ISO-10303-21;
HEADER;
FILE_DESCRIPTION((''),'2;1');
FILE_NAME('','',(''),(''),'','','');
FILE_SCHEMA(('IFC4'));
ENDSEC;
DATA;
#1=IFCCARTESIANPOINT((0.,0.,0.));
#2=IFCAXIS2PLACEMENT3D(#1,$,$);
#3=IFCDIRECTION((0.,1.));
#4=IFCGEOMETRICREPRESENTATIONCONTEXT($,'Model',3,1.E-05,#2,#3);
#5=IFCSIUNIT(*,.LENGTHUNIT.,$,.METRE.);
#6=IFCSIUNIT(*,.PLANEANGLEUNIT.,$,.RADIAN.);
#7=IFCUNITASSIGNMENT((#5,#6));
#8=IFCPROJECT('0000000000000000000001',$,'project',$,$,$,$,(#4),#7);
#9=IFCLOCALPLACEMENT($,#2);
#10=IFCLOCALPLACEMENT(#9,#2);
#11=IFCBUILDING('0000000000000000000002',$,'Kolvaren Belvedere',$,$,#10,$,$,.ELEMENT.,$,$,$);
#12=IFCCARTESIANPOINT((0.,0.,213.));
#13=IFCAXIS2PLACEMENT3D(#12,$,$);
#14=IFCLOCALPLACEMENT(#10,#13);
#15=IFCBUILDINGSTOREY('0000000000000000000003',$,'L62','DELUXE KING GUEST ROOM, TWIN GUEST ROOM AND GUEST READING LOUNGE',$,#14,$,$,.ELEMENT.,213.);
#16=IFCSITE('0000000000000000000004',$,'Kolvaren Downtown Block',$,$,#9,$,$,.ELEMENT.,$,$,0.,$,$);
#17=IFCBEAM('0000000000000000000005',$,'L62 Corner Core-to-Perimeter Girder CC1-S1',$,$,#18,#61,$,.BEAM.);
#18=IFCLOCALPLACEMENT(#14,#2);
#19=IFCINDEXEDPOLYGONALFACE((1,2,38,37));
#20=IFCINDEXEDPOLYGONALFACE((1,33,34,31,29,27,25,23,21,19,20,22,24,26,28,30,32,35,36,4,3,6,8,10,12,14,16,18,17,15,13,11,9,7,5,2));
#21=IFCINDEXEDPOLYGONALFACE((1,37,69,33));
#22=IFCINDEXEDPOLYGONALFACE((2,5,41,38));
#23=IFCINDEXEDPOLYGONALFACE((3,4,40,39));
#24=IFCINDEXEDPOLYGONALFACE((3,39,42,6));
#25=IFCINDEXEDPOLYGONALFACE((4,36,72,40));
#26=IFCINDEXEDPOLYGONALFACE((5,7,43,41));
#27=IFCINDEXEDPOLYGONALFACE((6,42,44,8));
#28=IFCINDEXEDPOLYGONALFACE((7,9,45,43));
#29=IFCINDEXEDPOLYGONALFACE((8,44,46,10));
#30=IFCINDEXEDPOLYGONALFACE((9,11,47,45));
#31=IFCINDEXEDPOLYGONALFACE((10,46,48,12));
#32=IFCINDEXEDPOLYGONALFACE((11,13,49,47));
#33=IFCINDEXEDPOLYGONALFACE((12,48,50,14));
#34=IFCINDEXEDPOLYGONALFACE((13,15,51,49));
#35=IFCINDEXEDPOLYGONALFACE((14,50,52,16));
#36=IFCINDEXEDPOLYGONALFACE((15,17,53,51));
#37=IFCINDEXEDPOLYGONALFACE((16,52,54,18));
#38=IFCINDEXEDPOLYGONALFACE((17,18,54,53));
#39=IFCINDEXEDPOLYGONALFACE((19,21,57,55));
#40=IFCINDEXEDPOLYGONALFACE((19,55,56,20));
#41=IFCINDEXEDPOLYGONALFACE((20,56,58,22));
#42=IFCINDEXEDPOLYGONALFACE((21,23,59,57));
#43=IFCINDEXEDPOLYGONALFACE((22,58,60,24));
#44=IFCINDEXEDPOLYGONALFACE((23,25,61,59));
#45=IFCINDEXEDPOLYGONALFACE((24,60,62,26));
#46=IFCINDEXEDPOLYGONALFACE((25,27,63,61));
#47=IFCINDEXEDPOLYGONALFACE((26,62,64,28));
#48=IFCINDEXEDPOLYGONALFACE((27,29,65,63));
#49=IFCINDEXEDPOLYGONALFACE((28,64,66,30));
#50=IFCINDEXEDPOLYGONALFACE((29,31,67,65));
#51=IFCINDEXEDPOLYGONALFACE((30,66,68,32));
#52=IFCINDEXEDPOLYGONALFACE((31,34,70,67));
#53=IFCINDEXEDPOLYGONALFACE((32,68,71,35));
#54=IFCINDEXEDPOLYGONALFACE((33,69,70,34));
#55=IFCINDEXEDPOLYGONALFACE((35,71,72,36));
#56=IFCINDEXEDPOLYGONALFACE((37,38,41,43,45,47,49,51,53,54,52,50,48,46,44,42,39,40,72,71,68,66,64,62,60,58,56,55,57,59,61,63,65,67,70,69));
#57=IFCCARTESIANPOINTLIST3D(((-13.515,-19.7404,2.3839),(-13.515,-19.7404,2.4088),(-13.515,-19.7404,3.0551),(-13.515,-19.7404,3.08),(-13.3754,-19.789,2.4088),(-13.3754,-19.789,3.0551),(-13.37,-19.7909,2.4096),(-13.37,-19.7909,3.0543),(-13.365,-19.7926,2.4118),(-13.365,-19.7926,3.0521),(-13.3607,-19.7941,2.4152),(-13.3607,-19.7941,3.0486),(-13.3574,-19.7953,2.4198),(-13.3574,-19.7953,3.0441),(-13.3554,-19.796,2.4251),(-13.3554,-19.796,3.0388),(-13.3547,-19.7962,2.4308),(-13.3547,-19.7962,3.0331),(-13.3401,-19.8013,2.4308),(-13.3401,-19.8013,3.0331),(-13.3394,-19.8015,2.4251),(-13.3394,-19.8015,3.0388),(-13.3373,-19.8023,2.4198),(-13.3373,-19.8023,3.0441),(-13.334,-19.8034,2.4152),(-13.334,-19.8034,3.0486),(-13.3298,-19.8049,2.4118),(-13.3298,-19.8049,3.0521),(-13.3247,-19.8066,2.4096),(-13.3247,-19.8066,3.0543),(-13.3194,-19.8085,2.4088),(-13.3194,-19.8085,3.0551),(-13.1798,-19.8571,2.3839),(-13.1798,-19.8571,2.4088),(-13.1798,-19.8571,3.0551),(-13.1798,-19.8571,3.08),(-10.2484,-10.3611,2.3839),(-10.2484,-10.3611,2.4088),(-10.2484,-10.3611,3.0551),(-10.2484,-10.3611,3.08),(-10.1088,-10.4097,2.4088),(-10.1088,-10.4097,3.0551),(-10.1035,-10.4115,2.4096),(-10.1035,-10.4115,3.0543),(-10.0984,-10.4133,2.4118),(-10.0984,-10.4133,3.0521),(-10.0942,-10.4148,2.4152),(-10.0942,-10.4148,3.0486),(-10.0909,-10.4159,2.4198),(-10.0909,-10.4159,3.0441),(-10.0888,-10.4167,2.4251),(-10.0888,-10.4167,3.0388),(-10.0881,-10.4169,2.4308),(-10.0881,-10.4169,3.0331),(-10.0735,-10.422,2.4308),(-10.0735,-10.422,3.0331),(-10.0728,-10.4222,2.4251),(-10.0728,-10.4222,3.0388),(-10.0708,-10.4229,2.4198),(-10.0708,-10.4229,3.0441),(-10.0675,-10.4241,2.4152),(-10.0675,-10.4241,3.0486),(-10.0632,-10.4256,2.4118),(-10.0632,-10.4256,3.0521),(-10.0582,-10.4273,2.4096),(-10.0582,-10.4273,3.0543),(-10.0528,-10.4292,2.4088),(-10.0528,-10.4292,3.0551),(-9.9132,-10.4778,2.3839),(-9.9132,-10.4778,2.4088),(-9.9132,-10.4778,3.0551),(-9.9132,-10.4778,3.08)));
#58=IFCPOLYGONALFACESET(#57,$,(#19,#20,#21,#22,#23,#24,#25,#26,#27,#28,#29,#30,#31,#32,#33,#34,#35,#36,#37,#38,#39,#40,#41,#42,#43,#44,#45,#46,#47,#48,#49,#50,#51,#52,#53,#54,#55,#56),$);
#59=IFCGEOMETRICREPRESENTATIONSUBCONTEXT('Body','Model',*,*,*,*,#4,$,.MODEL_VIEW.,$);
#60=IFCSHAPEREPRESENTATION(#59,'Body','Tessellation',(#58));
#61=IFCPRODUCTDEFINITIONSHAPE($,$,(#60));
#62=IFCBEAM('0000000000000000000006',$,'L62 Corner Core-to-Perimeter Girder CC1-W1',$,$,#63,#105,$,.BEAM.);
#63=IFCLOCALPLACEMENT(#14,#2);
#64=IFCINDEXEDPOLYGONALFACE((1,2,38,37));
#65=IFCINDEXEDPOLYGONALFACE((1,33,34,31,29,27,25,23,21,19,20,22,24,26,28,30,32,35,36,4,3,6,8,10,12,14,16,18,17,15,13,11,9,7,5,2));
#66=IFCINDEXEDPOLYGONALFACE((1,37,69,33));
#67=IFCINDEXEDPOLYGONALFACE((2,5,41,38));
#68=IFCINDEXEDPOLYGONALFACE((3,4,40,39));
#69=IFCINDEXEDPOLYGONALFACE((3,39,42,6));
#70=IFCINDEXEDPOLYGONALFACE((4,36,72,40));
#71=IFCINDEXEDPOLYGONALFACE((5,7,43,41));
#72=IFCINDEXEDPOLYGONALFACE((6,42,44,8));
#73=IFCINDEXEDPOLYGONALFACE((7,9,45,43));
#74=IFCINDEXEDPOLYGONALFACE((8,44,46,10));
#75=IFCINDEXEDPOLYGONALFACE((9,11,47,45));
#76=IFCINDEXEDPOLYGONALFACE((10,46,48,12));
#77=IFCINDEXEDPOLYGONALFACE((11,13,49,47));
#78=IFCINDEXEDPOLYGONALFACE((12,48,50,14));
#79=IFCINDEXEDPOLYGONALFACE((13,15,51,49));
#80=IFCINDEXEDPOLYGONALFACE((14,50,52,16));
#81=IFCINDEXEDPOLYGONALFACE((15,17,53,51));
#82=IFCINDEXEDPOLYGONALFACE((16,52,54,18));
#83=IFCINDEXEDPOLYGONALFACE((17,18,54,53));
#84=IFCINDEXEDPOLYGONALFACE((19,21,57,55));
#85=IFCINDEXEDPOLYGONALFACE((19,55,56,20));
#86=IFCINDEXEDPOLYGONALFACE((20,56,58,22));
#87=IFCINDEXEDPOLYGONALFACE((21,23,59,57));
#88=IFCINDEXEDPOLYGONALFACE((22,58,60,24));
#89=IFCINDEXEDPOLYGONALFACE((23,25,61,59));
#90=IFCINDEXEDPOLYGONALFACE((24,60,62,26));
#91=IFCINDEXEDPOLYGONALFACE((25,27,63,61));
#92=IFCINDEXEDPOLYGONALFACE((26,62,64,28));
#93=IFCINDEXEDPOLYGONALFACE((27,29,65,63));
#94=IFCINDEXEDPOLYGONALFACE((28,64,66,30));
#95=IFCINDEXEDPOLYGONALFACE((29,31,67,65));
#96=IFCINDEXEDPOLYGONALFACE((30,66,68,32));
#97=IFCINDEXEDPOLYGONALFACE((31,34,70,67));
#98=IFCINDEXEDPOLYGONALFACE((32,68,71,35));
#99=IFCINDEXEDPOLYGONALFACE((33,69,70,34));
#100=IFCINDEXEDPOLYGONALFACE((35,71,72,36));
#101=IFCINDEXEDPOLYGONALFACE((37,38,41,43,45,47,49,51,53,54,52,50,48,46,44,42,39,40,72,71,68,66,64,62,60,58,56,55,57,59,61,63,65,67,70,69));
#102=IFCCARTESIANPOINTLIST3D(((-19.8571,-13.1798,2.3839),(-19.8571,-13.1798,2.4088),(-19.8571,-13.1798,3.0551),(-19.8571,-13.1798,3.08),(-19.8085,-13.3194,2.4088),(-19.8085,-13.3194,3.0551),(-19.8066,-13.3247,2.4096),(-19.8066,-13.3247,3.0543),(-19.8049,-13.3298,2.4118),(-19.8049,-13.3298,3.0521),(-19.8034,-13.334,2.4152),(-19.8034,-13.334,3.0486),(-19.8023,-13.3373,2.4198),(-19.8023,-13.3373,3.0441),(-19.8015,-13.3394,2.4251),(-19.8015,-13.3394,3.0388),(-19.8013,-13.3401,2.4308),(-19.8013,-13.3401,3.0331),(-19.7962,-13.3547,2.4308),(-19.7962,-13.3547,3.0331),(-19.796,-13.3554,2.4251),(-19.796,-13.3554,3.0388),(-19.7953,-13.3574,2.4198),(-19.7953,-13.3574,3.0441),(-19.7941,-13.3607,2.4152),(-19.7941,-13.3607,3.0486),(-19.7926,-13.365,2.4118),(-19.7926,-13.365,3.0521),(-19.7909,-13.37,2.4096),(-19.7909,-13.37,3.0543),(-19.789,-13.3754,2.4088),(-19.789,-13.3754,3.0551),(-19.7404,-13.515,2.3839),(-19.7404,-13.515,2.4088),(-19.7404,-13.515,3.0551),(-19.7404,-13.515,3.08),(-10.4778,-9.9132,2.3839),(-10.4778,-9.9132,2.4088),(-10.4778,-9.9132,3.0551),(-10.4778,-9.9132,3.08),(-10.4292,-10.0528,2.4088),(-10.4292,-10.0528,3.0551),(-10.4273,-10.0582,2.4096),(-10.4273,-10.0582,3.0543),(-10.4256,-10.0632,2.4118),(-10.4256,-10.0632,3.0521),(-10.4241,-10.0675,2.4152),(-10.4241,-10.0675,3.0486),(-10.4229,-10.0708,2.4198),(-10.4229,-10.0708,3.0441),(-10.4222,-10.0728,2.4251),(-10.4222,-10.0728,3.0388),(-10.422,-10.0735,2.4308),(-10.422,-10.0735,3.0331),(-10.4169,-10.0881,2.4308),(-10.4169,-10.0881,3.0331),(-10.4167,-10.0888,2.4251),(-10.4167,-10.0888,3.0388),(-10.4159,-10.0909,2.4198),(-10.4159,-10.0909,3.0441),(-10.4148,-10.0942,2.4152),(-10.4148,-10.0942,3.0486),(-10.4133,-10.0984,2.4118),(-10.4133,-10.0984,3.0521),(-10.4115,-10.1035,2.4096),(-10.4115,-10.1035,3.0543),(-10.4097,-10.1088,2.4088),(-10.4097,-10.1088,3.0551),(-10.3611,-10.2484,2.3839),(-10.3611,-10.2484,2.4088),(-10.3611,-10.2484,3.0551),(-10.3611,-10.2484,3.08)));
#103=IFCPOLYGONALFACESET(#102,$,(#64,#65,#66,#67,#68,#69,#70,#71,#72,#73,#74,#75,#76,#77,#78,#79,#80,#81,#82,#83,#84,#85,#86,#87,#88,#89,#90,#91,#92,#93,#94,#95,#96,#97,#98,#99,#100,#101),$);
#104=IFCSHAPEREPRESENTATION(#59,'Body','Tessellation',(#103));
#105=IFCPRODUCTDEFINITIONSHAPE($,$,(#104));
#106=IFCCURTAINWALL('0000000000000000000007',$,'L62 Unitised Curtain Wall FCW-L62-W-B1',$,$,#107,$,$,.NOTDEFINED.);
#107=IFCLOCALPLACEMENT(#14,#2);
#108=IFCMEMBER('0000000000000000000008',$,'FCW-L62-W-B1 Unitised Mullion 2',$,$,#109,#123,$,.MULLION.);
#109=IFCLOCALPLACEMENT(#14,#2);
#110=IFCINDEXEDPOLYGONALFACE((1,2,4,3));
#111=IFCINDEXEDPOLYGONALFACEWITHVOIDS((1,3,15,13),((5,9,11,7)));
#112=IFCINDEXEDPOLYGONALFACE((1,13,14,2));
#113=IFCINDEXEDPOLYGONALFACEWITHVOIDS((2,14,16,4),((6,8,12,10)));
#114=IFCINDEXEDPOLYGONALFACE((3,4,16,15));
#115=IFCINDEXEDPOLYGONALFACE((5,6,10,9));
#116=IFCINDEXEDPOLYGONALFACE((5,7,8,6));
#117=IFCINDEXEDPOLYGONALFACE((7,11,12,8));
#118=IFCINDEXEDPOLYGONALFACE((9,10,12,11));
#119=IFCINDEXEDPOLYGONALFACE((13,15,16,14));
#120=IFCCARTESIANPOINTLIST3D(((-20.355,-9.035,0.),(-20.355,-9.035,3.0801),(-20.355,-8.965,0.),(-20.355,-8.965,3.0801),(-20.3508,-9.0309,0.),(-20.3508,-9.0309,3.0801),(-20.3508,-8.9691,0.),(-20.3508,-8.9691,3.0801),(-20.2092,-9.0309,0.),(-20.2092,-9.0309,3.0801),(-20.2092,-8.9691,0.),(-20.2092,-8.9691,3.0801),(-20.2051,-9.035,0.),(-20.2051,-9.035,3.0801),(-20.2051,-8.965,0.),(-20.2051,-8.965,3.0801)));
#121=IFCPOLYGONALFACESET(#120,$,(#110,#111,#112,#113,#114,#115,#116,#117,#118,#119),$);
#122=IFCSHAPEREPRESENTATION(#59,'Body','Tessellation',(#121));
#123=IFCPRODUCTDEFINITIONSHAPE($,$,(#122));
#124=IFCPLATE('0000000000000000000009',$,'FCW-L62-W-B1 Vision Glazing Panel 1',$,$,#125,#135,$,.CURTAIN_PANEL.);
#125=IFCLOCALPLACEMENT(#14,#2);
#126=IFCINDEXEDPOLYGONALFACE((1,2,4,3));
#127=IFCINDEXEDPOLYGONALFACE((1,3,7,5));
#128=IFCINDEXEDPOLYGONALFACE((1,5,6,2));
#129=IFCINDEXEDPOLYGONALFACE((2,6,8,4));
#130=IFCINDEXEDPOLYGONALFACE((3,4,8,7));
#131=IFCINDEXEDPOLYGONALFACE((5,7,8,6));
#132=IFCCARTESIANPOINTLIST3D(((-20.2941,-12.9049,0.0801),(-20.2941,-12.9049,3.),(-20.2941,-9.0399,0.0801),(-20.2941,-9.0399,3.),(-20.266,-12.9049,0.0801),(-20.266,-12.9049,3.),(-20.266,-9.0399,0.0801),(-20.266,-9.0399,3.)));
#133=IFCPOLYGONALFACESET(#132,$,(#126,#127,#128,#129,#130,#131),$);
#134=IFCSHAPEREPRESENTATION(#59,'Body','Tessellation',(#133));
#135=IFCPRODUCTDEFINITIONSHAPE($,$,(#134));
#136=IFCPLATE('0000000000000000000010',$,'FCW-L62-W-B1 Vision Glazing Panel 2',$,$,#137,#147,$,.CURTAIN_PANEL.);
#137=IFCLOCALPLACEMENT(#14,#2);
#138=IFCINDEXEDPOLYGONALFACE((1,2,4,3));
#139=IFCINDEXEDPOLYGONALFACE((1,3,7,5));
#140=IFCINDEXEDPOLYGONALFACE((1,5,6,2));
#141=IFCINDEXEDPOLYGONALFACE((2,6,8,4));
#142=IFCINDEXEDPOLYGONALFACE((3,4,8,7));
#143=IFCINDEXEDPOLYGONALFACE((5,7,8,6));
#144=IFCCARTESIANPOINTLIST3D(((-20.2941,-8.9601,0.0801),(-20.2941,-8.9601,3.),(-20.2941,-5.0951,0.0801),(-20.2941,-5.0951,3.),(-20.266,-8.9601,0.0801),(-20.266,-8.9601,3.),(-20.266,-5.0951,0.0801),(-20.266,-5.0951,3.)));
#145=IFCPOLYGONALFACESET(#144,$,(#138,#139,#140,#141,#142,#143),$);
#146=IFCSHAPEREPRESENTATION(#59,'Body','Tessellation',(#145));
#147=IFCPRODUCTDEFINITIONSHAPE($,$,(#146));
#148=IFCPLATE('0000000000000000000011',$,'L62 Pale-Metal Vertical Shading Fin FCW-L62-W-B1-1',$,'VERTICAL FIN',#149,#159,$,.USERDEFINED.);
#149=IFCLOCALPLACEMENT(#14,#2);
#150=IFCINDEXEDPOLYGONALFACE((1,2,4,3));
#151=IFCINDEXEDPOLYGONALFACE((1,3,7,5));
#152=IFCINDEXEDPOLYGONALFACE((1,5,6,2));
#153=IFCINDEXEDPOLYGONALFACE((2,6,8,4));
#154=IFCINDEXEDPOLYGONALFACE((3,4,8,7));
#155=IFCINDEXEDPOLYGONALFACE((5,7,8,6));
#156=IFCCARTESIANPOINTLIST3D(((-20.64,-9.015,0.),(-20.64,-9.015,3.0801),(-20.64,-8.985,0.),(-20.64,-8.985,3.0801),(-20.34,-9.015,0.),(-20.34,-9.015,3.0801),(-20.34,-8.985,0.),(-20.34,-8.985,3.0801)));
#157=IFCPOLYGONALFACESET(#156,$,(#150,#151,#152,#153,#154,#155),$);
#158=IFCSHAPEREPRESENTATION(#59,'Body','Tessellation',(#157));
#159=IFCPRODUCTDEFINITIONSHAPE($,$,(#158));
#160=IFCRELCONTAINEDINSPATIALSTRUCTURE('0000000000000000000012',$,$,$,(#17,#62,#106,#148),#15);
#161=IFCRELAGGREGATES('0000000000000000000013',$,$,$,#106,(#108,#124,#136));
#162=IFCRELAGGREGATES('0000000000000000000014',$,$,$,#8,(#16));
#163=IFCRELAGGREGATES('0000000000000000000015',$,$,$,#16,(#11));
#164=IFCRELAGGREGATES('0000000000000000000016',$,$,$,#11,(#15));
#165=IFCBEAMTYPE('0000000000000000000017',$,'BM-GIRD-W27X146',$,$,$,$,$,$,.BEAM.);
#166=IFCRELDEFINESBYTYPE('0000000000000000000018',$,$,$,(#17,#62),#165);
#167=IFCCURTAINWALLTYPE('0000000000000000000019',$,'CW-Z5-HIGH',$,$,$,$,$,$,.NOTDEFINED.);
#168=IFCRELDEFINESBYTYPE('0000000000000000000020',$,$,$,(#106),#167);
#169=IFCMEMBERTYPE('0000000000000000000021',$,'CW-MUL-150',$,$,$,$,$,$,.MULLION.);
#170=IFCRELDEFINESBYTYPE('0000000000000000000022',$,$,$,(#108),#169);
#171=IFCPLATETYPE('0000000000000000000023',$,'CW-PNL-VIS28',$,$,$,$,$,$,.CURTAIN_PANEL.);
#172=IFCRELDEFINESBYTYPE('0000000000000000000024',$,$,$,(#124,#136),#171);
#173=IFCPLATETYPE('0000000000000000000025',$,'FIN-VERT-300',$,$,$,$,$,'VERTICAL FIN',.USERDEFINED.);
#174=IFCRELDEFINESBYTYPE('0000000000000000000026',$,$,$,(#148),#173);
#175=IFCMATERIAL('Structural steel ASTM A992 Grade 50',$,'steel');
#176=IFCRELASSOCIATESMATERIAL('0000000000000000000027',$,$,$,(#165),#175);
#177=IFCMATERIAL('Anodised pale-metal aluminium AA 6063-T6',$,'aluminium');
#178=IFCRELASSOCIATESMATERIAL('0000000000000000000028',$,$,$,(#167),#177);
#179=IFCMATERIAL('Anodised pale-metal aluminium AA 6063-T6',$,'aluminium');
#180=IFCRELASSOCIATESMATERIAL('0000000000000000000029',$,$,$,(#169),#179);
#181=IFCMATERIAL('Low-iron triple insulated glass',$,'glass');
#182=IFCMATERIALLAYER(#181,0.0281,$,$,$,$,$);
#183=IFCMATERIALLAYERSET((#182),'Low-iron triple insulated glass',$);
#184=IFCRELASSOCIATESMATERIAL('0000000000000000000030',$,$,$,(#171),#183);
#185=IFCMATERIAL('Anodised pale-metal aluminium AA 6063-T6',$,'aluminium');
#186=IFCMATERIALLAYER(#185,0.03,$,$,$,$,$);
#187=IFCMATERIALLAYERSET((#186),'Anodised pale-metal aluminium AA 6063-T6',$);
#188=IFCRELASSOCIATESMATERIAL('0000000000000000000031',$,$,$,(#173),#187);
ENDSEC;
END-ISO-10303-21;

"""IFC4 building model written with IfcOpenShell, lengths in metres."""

from ifc_helpers import new_model, si_unit, direction, frame, origin, origin_2d, place, context, subcontext, project, spatial, rectangle, hollow_rectangle, i_section, extrude, material, layer, layer_set, material_profile, profile_set, type_object, element, aggregate, save


model = new_model("IFC4")

# Units and contexts
model_context = context("Model", 3, precision=1e-05, world=origin(), true_north=direction((0.0, 1.0)))
body_context = subcontext(model_context, "Body", "Model", "MODEL_VIEW")
ifc_project = project(units=[si_unit("LENGTHUNIT", "METRE"), si_unit("PLANEANGLEUNIT", "RADIAN")], contexts=[model_context])

# Site, building, storey
site_placement = place(None, origin())
site = spatial("IfcSite", under=ifc_project, at=site_placement, Name="Kolvaren Downtown Block", CompositionType="ELEMENT", RefElevation=0.0)
building_placement = place(site_placement, origin())
building = spatial("IfcBuilding", under=site, at=building_placement, Name="Kolvaren Belvedere", CompositionType="ELEMENT")
storey_placement = place(building_placement, frame((0.0, 0.0, 213.0)))
storey = spatial("IfcBuildingStorey", under=building, at=storey_placement, Name="L62", Description="DELUXE KING GUEST ROOM, TWIN GUEST ROOM AND GUEST READING LOUNGE", CompositionType="ELEMENT", Elevation=213.0)

# Beams
ifc_material_1 = material(Name="Structural steel ASTM A992 Grade 50", Category="steel")
ifc_material_profile_1 = material_profile(ifc_material_1, i_section(OverallWidth=0.355, OverallDepth=0.696, WebThickness=0.0154, FlangeThickness=0.0249, FilletRadius=0.022, at=origin_2d()), Name="W27X146")
ifc_profile_set_1 = profile_set([ifc_material_profile_1], Name="Structural steel ASTM A992 Grade 50")
beam_type = type_object("IfcBeamType", Name="BM-GIRD-W27X146", PredefinedType="BEAM", material=ifc_profile_set_1)
for number, where, z_axis, x_axis, name in (
    (1, (-10.0808, -10.4194, 2.7319), (-0.328898, -0.944365, 0.0), (0.944365, -0.328898, 0.0), "L62 Corner Core-to-Perimeter Girder CC1-S1"),
    (2, (-10.4194, -10.0808, 2.7319), (-0.944365, -0.328898, 0.0), (0.328898, -0.944365, 0.0), "L62 Corner Core-to-Perimeter Girder CC1-W1"),
):
    element("IfcBeam", number, at=place(storey_placement, frame(where, z_axis=z_axis, x_axis=x_axis)), inside=storey, type_object=beam_type, Name=name, PredefinedType="BEAM", context=body_context, shape_type="SweptSolid", body=[
        extrude(i_section(OverallWidth=0.355, OverallDepth=0.696, WebThickness=0.0154, FlangeThickness=0.0249, FilletRadius=0.022, at=origin_2d()), origin(), (0.0, 0.0, 1.0), 9.9319),
    ])

# Curtain wall, member, plates
ifc_material_2 = material(Name="Anodised pale-metal aluminium AA 6063-T6", Category="aluminium")
curtain_wall_type = type_object("IfcCurtainWallType", Name="CW-Z5-HIGH", PredefinedType="NOTDEFINED", material=ifc_material_2)
curtain_wall_placement = place(storey_placement, origin())
curtain_wall = element("IfcCurtainWall", 3, at=curtain_wall_placement, inside=storey, type_object=curtain_wall_type, Name="L62 Unitised Curtain Wall FCW-L62-W-B1", PredefinedType="NOTDEFINED")
ifc_material_3 = material(Name="Anodised pale-metal aluminium AA 6063-T6", Category="aluminium")
ifc_material_profile_2 = material_profile(ifc_material_3, hollow_rectangle(XDim=0.0701, YDim=0.1499, WallThickness=0.0042, at=origin_2d()), Name="ALU-MUL-150X70")
ifc_profile_set_2 = profile_set([ifc_material_profile_2], Name="Anodised pale-metal aluminium AA 6063-T6")
member_type = type_object("IfcMemberType", Name="CW-MUL-150", PredefinedType="MULLION", material=ifc_profile_set_2)
member_placement = place(storey_placement, frame((-20.28, -9.0, 0.0), z_axis=(0.0, 0.0, 1.0), x_axis=(0.0, 1.0, 0.0)))
member = element("IfcMember", 4, at=member_placement, type_object=member_type, Name="FCW-L62-W-B1 Unitised Mullion 2", PredefinedType="MULLION", context=body_context, shape_type="SweptSolid", body=[
    extrude(hollow_rectangle(XDim=0.0701, YDim=0.1499, WallThickness=0.0042, at=origin_2d()), origin(), (0.0, 0.0, 1.0), 3.0801),
])
ifc_material_4 = material(Name="Low-iron triple insulated glass", Category="glass")
ifc_layer_1 = layer(ifc_material_4, 0.0281)
ifc_layer_set_1 = layer_set([ifc_layer_1], Name="Low-iron triple insulated glass")
plate_type_1 = type_object("IfcPlateType", Name="CW-PNL-VIS28", PredefinedType="CURTAIN_PANEL", material=ifc_layer_set_1)
plate_1_placement = place(storey_placement, frame((-20.28, -10.9724, 0.0801), z_axis=(0.0, 0.0, 1.0), x_axis=(0.0, 1.0, 0.0)))
plate_1 = element("IfcPlate", 5, at=plate_1_placement, type_object=plate_type_1, Name="FCW-L62-W-B1 Vision Glazing Panel 1", PredefinedType="CURTAIN_PANEL", context=body_context, shape_type="SweptSolid", body=[
    extrude(rectangle(XDim=3.865, YDim=0.0281, at=origin_2d()), origin(), (0.0, 0.0, 1.0), 2.9199),
])
plate_2_placement = place(storey_placement, frame((-20.28, -7.0276, 0.0801), z_axis=(0.0, 0.0, 1.0), x_axis=(0.0, 1.0, 0.0)))
plate_2 = element("IfcPlate", 6, at=plate_2_placement, type_object=plate_type_1, Name="FCW-L62-W-B1 Vision Glazing Panel 2", PredefinedType="CURTAIN_PANEL", context=body_context, shape_type="SweptSolid", body=[
    extrude(rectangle(XDim=3.865, YDim=0.0281, at=origin_2d()), origin(), (0.0, 0.0, 1.0), 2.9199),
])
aggregate(curtain_wall, [member, plate_1, plate_2])

# Plate
ifc_material_5 = material(Name="Anodised pale-metal aluminium AA 6063-T6", Category="aluminium")
ifc_layer_2 = layer(ifc_material_5, 0.03)
ifc_layer_set_2 = layer_set([ifc_layer_2], Name="Anodised pale-metal aluminium AA 6063-T6")
plate_type_2 = type_object("IfcPlateType", Name="FIN-VERT-300", ElementType="VERTICAL FIN", PredefinedType="USERDEFINED", material=ifc_layer_set_2)
plate_3_placement = place(storey_placement, frame((-20.49, -9.0, 0.0), z_axis=(0.0, 0.0, 1.0), x_axis=(1.0, 0.0, 0.0)))
element("IfcPlate", 7, at=plate_3_placement, inside=storey, type_object=plate_type_2, Name="L62 Pale-Metal Vertical Shading Fin FCW-L62-W-B1-1", ObjectType="VERTICAL FIN", PredefinedType="USERDEFINED", context=body_context, shape_type="SweptSolid", body=[
    extrude(rectangle(XDim=0.3, YDim=0.03, at=origin_2d()), origin(), (0.0, 0.0, 1.0), 3.0801),
])

save(model, "model.ifc")
